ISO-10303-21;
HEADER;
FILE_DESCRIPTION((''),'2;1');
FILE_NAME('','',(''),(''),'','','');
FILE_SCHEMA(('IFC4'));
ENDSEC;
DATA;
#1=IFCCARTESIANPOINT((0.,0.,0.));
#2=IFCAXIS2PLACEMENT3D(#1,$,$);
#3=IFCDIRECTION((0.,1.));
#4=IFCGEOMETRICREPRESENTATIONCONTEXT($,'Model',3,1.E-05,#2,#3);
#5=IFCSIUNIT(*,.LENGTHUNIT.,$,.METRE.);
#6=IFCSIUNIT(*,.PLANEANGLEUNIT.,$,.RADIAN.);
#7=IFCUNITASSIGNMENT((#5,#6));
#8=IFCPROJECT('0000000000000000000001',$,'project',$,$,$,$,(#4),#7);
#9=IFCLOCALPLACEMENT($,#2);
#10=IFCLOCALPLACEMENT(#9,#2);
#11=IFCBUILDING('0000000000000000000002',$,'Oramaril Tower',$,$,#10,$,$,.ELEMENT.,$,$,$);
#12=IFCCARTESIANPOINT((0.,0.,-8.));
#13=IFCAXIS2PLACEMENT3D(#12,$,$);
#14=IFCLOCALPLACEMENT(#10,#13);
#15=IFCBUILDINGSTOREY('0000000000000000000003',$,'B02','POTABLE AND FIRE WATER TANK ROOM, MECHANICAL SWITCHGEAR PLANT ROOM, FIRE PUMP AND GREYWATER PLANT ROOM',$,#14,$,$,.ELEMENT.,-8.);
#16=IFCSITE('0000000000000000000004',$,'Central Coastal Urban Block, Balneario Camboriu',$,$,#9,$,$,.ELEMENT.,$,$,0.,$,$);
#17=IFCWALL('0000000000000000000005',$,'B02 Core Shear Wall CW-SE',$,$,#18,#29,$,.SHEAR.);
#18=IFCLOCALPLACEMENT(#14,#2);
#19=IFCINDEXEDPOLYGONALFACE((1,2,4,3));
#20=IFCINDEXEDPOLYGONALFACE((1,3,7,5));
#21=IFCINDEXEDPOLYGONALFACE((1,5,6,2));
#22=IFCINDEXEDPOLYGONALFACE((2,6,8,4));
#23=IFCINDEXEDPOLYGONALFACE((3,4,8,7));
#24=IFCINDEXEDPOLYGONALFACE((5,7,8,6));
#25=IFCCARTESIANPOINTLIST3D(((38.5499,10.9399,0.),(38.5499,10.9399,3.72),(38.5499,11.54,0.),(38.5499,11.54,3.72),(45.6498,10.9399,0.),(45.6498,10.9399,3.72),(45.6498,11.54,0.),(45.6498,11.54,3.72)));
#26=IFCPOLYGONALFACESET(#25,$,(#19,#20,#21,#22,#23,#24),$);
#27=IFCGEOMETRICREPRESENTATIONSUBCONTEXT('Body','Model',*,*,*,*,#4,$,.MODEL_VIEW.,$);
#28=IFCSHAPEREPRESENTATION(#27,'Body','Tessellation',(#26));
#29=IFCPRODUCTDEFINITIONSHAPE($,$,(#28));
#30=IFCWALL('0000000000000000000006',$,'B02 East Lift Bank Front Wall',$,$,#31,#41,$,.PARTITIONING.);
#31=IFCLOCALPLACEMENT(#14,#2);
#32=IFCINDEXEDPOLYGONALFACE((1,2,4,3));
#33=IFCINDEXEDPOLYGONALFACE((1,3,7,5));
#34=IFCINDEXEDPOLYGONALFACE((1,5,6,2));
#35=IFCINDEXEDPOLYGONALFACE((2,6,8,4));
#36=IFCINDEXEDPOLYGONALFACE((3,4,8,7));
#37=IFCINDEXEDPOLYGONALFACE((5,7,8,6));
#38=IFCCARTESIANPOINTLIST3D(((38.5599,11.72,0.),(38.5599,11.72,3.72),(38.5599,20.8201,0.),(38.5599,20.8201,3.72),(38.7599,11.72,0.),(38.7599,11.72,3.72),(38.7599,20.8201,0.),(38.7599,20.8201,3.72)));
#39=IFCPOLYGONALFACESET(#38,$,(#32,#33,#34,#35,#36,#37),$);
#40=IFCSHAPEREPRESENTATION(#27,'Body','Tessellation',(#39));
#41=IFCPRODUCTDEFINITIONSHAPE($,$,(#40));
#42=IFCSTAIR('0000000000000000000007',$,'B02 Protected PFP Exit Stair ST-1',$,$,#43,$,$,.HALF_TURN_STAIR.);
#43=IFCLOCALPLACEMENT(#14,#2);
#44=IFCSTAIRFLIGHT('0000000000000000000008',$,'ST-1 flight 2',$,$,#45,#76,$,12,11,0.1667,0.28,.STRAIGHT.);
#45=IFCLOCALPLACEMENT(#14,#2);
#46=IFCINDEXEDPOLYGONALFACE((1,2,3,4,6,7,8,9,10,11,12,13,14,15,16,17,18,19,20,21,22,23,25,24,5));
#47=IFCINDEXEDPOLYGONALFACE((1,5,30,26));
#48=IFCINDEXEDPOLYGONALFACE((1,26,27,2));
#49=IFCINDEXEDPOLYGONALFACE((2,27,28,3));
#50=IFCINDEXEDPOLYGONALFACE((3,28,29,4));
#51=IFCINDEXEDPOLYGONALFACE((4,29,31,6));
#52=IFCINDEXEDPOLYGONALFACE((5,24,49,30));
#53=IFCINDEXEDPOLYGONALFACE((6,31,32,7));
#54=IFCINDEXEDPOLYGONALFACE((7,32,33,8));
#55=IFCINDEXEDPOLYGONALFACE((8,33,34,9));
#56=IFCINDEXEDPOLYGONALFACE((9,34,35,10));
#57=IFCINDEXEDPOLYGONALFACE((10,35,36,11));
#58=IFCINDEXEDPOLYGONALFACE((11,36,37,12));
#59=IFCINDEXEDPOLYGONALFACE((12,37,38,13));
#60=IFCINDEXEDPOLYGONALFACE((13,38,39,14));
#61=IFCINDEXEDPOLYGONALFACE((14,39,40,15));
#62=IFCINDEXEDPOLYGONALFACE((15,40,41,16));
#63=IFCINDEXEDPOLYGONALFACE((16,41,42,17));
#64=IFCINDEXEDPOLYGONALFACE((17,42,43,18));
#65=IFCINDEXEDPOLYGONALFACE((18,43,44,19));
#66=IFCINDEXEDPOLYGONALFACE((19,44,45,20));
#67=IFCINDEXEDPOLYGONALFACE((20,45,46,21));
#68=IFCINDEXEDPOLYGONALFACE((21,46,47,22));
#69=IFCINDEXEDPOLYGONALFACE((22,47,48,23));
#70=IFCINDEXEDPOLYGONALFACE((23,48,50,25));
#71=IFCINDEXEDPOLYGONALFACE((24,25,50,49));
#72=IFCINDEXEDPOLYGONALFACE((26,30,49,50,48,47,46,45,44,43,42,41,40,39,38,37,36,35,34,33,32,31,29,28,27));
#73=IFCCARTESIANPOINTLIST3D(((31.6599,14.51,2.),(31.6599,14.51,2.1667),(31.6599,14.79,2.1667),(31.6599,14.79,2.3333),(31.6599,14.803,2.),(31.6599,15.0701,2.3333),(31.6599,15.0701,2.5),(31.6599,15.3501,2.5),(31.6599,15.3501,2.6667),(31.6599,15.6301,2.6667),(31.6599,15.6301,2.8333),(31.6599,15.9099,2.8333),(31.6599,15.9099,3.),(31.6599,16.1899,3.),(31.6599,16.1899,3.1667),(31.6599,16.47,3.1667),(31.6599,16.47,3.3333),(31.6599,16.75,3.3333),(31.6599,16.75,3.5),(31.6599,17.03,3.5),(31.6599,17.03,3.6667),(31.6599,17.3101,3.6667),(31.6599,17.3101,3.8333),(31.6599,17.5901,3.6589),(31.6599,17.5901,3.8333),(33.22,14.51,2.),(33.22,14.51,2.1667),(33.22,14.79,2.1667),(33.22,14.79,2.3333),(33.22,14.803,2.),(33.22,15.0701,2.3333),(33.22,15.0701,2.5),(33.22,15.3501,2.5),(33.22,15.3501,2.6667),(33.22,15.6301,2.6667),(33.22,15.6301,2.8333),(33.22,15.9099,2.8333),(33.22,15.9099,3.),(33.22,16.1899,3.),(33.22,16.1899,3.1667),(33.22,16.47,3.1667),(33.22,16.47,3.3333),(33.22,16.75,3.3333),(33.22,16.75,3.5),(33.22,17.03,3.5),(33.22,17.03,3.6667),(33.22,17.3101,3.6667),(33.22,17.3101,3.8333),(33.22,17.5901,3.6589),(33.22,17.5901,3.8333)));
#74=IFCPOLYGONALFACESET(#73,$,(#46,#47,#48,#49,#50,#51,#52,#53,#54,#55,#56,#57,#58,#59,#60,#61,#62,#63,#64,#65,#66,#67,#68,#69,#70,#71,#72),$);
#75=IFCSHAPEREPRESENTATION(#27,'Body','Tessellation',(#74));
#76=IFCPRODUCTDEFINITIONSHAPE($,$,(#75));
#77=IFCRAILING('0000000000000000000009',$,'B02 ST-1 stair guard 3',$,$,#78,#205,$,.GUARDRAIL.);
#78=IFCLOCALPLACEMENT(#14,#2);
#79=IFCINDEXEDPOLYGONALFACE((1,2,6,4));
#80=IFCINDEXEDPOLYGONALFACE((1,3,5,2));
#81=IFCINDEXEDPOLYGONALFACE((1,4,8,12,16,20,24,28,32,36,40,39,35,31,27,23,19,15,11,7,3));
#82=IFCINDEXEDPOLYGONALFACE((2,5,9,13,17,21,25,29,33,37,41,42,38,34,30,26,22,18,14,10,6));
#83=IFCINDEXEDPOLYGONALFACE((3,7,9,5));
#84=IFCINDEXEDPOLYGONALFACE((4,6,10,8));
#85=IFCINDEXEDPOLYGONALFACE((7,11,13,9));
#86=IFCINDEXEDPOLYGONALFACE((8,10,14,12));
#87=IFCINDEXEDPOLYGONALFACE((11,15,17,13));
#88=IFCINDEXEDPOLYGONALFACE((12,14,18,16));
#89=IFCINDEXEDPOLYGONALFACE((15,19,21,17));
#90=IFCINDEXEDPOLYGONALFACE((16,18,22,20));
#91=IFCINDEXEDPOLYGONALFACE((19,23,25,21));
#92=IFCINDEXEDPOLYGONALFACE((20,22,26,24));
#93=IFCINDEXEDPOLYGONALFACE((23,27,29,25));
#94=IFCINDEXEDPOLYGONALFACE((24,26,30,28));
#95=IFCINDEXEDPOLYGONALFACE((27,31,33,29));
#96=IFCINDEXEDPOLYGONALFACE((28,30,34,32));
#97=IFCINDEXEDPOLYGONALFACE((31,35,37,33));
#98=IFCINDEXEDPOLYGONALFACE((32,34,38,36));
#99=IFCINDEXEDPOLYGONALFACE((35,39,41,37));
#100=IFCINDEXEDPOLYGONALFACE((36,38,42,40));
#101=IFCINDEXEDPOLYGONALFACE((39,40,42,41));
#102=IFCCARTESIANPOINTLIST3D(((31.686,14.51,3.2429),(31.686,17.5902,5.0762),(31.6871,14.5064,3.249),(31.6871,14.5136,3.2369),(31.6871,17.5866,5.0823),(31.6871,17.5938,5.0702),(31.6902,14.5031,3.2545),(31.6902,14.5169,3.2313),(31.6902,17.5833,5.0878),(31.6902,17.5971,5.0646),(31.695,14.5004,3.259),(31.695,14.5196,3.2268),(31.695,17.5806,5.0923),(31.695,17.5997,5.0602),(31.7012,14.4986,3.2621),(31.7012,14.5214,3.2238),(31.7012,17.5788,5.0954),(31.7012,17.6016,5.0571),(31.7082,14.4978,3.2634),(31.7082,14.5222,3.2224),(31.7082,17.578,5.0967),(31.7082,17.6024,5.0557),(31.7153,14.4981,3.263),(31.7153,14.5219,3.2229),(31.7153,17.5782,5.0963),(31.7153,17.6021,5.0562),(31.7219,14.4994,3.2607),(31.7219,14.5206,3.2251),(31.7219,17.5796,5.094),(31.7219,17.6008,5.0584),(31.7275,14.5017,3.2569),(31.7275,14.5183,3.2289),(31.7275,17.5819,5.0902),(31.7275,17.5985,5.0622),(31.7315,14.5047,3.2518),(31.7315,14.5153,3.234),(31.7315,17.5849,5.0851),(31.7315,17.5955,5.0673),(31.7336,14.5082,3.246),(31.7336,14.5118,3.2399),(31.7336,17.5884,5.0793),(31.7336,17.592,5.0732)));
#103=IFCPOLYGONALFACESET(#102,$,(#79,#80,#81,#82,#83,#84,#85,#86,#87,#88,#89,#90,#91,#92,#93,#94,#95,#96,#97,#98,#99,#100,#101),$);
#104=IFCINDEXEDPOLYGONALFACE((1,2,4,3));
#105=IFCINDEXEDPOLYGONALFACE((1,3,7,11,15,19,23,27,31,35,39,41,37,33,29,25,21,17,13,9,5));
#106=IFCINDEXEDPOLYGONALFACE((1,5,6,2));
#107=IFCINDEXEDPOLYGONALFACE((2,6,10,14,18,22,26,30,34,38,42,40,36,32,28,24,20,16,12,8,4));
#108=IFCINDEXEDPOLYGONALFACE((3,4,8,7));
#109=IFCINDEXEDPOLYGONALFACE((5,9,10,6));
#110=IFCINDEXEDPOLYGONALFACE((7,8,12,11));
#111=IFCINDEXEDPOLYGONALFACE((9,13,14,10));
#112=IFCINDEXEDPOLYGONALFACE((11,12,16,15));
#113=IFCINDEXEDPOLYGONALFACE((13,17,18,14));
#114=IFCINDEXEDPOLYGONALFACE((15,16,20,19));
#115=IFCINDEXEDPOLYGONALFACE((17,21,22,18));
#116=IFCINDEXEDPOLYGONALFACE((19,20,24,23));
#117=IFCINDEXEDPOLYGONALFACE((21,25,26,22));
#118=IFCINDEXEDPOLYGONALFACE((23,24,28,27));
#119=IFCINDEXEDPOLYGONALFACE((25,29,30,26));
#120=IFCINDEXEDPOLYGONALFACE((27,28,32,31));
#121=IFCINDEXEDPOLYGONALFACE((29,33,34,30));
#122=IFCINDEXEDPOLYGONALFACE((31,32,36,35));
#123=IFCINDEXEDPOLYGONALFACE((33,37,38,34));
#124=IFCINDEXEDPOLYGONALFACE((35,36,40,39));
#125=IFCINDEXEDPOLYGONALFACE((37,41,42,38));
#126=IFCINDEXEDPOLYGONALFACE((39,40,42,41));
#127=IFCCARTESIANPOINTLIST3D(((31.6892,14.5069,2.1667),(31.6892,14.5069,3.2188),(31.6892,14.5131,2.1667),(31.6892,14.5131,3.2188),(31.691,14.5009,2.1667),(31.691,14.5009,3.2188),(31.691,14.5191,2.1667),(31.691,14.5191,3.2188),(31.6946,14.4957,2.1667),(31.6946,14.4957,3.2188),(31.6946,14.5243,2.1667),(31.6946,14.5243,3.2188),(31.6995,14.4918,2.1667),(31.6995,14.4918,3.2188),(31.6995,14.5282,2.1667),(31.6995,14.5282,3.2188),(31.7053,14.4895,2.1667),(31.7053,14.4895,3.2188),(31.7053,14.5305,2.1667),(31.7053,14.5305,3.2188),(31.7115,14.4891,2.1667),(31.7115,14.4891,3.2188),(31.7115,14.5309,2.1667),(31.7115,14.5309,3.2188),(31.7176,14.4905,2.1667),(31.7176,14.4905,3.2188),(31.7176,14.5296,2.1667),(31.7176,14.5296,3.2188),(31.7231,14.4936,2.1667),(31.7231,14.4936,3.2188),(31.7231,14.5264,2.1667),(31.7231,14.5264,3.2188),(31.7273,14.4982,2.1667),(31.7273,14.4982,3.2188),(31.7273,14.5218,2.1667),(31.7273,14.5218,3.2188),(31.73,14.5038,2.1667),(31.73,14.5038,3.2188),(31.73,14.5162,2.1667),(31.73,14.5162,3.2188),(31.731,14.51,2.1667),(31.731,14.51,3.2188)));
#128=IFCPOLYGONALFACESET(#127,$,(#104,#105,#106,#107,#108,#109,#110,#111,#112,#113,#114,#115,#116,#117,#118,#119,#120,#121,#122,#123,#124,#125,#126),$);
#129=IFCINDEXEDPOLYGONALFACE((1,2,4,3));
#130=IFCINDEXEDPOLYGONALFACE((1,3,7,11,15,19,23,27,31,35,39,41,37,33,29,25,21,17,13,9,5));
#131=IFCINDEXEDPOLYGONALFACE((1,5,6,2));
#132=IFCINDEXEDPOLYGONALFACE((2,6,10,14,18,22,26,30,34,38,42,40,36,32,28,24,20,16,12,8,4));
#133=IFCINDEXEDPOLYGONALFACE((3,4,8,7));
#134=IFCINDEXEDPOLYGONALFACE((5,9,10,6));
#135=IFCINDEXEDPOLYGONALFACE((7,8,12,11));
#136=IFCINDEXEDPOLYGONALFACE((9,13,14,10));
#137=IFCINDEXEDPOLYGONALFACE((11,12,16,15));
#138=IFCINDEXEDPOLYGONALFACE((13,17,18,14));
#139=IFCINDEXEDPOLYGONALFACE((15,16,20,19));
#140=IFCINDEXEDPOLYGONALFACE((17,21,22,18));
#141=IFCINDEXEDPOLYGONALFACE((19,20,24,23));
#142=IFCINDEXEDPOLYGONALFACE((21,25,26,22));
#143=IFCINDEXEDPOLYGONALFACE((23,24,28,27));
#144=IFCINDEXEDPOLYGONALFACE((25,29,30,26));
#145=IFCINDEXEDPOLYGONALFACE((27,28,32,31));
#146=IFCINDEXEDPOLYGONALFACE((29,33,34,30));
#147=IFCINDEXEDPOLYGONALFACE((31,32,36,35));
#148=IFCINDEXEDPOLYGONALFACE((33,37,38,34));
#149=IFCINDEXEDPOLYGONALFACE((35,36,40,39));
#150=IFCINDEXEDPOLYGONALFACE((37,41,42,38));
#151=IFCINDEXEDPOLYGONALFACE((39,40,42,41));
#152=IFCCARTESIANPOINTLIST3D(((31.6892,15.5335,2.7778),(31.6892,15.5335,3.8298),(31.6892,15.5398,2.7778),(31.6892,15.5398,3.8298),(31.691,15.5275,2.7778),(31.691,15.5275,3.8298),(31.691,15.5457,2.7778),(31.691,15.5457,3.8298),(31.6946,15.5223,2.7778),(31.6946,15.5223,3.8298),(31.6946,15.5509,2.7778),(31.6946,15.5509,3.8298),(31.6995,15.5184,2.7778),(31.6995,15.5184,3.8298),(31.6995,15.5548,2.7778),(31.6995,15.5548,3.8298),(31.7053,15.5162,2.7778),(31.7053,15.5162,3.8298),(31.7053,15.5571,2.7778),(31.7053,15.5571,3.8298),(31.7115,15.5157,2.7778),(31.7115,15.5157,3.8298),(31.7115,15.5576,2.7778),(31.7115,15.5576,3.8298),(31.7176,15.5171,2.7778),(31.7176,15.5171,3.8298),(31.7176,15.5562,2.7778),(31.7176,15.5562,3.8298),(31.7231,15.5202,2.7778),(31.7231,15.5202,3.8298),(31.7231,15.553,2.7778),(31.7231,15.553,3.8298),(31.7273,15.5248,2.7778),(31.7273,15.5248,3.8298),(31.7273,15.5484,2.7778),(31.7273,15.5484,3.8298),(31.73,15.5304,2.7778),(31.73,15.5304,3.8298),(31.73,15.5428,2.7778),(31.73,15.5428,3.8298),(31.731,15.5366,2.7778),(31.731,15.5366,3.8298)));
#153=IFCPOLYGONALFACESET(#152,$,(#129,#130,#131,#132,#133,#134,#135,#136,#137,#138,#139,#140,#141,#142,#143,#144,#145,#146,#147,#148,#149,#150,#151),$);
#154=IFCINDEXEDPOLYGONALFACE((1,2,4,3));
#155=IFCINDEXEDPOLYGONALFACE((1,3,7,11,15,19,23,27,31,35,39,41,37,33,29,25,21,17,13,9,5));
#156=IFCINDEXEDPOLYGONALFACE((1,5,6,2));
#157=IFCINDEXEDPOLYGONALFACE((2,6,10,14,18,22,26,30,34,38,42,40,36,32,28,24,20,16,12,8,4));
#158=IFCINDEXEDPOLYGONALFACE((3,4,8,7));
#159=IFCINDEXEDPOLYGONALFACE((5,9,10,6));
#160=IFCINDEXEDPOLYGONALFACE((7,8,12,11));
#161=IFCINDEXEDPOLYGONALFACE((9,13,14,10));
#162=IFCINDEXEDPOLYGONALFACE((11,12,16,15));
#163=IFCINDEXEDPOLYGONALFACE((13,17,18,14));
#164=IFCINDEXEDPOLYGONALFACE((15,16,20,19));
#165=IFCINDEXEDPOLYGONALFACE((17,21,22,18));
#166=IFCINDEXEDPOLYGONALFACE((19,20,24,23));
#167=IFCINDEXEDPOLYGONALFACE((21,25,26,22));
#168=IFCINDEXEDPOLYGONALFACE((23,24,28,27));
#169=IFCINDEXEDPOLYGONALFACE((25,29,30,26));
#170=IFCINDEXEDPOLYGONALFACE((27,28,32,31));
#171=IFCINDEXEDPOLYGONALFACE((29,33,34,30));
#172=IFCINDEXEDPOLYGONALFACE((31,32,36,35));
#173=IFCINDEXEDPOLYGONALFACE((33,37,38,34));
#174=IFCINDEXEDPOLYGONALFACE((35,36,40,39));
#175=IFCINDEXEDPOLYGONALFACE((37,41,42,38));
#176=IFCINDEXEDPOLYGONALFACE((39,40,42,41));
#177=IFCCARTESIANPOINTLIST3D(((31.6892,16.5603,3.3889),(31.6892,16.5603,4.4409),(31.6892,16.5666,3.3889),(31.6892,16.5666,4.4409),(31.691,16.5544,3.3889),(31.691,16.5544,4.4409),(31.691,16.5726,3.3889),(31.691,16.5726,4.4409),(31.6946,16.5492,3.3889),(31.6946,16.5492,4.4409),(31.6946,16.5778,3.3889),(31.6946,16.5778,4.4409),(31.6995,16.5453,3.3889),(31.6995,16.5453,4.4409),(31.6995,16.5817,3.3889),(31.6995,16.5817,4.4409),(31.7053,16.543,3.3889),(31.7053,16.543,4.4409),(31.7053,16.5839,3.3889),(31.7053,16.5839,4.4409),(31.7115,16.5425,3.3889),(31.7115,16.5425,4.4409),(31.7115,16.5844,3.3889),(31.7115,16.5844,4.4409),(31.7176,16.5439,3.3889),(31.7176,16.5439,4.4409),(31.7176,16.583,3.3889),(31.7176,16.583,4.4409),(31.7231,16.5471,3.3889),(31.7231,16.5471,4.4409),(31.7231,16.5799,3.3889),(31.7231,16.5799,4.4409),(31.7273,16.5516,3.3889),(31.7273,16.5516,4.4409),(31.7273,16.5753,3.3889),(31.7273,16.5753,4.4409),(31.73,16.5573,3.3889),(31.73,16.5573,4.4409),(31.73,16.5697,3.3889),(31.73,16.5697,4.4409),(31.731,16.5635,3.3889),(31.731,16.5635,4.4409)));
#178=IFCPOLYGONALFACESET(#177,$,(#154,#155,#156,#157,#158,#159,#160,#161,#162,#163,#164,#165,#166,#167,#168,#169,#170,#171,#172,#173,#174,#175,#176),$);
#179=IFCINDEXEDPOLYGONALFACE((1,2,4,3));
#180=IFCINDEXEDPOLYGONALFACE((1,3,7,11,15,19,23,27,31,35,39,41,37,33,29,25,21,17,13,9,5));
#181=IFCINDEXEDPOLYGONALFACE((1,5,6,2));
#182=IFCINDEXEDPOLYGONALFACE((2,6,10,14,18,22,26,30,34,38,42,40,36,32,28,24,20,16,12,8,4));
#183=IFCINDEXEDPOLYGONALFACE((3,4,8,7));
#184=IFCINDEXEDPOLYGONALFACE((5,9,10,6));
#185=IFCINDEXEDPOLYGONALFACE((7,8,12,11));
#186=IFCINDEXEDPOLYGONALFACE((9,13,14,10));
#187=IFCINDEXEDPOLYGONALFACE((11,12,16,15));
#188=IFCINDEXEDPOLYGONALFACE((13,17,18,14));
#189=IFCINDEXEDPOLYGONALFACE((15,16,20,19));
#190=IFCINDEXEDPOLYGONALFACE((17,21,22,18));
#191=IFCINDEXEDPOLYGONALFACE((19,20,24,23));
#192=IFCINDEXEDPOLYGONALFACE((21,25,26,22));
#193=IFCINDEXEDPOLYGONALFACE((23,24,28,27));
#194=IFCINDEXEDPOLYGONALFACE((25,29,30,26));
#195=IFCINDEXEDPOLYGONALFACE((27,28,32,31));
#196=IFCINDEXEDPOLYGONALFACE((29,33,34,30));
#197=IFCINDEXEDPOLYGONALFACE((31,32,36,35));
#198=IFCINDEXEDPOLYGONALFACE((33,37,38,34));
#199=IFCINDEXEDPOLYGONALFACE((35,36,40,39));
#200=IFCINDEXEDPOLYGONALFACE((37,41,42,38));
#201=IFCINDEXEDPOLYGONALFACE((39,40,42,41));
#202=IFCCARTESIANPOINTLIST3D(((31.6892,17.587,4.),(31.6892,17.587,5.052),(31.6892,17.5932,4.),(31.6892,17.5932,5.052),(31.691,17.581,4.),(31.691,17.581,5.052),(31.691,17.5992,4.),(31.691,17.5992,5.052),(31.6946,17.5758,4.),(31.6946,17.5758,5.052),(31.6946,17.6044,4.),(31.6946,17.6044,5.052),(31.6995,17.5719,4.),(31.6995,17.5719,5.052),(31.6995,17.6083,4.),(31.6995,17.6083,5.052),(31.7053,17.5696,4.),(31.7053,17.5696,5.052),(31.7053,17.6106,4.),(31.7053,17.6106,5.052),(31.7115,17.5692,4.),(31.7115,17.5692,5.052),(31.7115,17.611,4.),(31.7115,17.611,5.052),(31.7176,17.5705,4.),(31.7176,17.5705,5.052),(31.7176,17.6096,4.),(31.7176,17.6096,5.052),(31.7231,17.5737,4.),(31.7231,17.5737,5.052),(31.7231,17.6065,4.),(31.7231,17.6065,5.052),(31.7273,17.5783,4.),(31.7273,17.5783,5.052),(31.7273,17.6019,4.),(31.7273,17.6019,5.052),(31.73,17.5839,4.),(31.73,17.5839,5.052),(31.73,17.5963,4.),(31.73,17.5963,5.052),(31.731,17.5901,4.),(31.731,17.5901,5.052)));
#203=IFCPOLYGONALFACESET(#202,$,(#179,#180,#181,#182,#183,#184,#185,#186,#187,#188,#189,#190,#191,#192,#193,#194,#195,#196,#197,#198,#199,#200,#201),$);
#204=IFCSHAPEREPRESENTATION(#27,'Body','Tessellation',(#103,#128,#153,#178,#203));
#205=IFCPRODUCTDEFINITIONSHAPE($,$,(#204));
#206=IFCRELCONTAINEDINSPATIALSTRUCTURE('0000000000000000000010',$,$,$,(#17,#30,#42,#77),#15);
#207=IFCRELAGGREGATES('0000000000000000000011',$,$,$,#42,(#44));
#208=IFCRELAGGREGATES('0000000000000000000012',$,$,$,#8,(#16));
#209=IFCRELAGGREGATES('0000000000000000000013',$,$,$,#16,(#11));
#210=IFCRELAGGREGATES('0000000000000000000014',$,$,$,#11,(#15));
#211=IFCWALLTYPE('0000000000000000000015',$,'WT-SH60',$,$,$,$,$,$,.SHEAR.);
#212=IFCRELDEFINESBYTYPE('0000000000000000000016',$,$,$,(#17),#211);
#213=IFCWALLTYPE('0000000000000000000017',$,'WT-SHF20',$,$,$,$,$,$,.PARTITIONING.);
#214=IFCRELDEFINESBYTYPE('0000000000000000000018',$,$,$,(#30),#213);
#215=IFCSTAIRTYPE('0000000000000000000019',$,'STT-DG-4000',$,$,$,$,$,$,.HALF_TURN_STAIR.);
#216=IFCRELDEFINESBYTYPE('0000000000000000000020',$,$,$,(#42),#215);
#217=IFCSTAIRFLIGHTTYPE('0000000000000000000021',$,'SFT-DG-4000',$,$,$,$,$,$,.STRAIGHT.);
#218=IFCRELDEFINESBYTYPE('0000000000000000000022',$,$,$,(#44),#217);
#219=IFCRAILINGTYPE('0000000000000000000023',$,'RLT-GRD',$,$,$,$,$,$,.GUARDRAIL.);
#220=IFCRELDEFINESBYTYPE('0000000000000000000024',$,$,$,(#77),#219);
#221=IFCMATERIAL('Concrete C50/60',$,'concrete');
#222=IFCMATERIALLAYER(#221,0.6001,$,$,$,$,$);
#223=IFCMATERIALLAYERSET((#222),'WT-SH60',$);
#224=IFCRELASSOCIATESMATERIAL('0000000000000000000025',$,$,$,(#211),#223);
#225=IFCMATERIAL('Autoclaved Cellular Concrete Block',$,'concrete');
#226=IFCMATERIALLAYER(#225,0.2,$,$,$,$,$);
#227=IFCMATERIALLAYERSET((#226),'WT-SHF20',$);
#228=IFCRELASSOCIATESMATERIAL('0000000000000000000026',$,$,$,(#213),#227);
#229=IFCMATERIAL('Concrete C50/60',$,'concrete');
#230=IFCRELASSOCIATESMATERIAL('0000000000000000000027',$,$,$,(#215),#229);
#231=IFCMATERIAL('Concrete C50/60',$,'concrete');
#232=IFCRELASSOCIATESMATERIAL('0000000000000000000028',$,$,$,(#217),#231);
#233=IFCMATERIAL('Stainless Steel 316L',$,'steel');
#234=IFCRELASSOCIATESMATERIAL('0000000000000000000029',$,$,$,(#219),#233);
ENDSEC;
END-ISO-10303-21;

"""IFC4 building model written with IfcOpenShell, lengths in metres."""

from ifc_helpers import new_model, si_unit, direction, frame, frame_2d, origin, origin_2d, place, context, subcontext, project, spatial, polyline, rectangle, circle, outline, extrude, material, layer, layer_set, type_object, element, aggregate, save


model = new_model("IFC4")

# Units and contexts
model_context = context("Model", 3, precision=1e-05, world=origin(), true_north=direction((0.0, 1.0)))
body_context = subcontext(model_context, "Body", "Model", "MODEL_VIEW")
ifc_project = project(units=[si_unit("LENGTHUNIT", "METRE"), si_unit("PLANEANGLEUNIT", "RADIAN")], contexts=[model_context])

# Site, building, storey
site_placement = place(None, origin())
site = spatial("IfcSite", under=ifc_project, at=site_placement, Name="Central Coastal Urban Block, Balneario Camboriu", CompositionType="ELEMENT", RefElevation=0.0)
building_placement = place(site_placement, origin())
building = spatial("IfcBuilding", under=site, at=building_placement, Name="Oramaril Tower", CompositionType="ELEMENT")
storey_placement = place(building_placement, frame((0.0, 0.0, -8.0)))
storey = spatial("IfcBuildingStorey", under=building, at=storey_placement, Name="B02", Description="POTABLE AND FIRE WATER TANK ROOM, MECHANICAL SWITCHGEAR PLANT ROOM, FIRE PUMP AND GREYWATER PLANT ROOM", CompositionType="ELEMENT", Elevation=-8.0)

# Wall
ifc_material_1 = material(Name="Concrete C50/60", Category="concrete")
ifc_layer_1 = layer(ifc_material_1, 0.6001)
ifc_layer_set_1 = layer_set([ifc_layer_1], Name="WT-SH60")
wall_type_1 = type_object("IfcWallType", Name="WT-SH60", PredefinedType="SHEAR", material=ifc_layer_set_1)
wall_1_placement = place(storey_placement, frame((38.55, 11.24, 0.0), z_axis=(0.0, 0.0, 1.0), x_axis=(1.0, 0.0, 0.0)))
element("IfcWall", 1, at=wall_1_placement, inside=storey, type_object=wall_type_1, Name="B02 Core Shear Wall CW-SE", PredefinedType="SHEAR", context=body_context, shape_type="SweptSolid", body=[
    extrude(rectangle(XDim=7.0999, YDim=0.6001, at=frame_2d((3.5498, 0.0))), origin(), (0.0, 0.0, 1.0), 3.72),
])

# Shared definitions
ifc_material_2 = material(Name="Autoclaved Cellular Concrete Block", Category="concrete")
ifc_layer_2 = layer(ifc_material_2, 0.2)
ifc_layer_set_2 = layer_set([ifc_layer_2], Name="WT-SHF20")
wall_type_2 = type_object("IfcWallType", Name="WT-SHF20", PredefinedType="PARTITIONING", material=ifc_layer_set_2)

# Wall
wall_2_placement = place(storey_placement, frame((38.6599, 11.72, 0.0), z_axis=(0.0, 0.0, 1.0), x_axis=(0.0, 1.0, 0.0)))
element("IfcWall", 2, at=wall_2_placement, inside=storey, type_object=wall_type_2, Name="B02 East Lift Bank Front Wall", PredefinedType="PARTITIONING", context=body_context, shape_type="SweptSolid", body=[
    extrude(rectangle(XDim=9.1001, YDim=0.2, at=frame_2d((4.55, 0.0))), origin(), (0.0, 0.0, 1.0), 3.72),
])

# Stair, stair flight
ifc_material_3 = material(Name="Concrete C50/60", Category="concrete")
stair_type = type_object("IfcStairType", Name="STT-DG-4000", PredefinedType="HALF_TURN_STAIR", material=ifc_material_3)
stair_placement = place(storey_placement, origin())
stair = element("IfcStair", 3, at=stair_placement, inside=storey, type_object=stair_type, Name="B02 Protected PFP Exit Stair ST-1", PredefinedType="HALF_TURN_STAIR")
ifc_material_4 = material(Name="Concrete C50/60", Category="concrete")
stair_flight_type = type_object("IfcStairFlightType", Name="SFT-DG-4000", PredefinedType="STRAIGHT", material=ifc_material_4)
stair_flight_placement = place(storey_placement, frame((32.4399, 14.51, 2.0), z_axis=(0.0, 0.0, 1.0), x_axis=(0.0, 1.0, 0.0)))
stair_flight = element("IfcStairFlight", 4, at=stair_flight_placement, type_object=stair_flight_type, Name="ST-1 flight 2", NumberOfRisers=12, NumberOfTreads=11, PredefinedType="STRAIGHT", RiserHeight=0.1667, TreadLength=0.28, context=body_context, shape_type="SweptSolid", body=[
    extrude(outline(polyline([(0.0, 0.0), (0.0, 0.1667), (0.28, 0.1667), (0.28, 0.3333), (0.5601, 0.3333), (0.5601, 0.5), (0.8401, 0.5), (0.8401, 0.6667), (1.1201, 0.6667), (1.1201, 0.8333), (1.3999, 0.8333), (1.3999, 1.0), (1.6799, 1.0), (1.6799, 1.1667), (1.96, 1.1667), (1.96, 1.3333), (2.24, 1.3333), (2.24, 1.5), (2.52, 1.5), (2.52, 1.6667), (2.8, 1.6667), (2.8, 1.8333), (3.0801, 1.8333), (3.0801, 2.0), (3.0801, 1.6589), (0.293, 0.0), (0.0, 0.0)])), frame((0.0, 0.78, 0.0), z_axis=(0.0, -1.0, 0.0), x_axis=(1.0, 0.0, 0.0)), (0.0, 0.0, 1.0), 1.5601),
])
aggregate(stair, [stair_flight])

# Railing
ifc_material_5 = material(Name="Stainless Steel 316L", Category="steel")
railing_type_1 = type_object("IfcRailingType", Name="RLT-GRD", PredefinedType="GUARDRAIL", material=ifc_material_5)
railing_1_placement = place(storey_placement, frame((31.71, 14.51, 2.1667)))
element("IfcRailing", 5, at=railing_1_placement, inside=storey, type_object=railing_type_1, Name="B02 ST-1 stair guard 3", PredefinedType="GUARDRAIL", context=body_context, shape_type="SweptSolid", body=[
    extrude(circle(Radius=0.0239, at=origin_2d()), frame((0.0, 0.0, 1.0762), z_axis=(0.0, 0.859309, 0.511458), x_axis=(-1.0, 0.0, 0.0)), (0.0, 0.0, 1.0), 3.5845),
    extrude(circle(Radius=0.021, at=origin_2d()), origin(), (0.0, 0.0, 1.0), 1.052),
    extrude(circle(Radius=0.021, at=origin_2d()), frame((0.0, 1.0266, 0.6111)), (0.0, 0.0, 1.0), 1.052),
    extrude(circle(Radius=0.021, at=origin_2d()), frame((0.0, 2.0535, 1.2222)), (0.0, 0.0, 1.0), 1.052),
    extrude(circle(Radius=0.021, at=origin_2d()), frame((0.0, 3.0801, 1.8333)), (0.0, 0.0, 1.0), 1.052),
])

save(model, "model.ifc")
